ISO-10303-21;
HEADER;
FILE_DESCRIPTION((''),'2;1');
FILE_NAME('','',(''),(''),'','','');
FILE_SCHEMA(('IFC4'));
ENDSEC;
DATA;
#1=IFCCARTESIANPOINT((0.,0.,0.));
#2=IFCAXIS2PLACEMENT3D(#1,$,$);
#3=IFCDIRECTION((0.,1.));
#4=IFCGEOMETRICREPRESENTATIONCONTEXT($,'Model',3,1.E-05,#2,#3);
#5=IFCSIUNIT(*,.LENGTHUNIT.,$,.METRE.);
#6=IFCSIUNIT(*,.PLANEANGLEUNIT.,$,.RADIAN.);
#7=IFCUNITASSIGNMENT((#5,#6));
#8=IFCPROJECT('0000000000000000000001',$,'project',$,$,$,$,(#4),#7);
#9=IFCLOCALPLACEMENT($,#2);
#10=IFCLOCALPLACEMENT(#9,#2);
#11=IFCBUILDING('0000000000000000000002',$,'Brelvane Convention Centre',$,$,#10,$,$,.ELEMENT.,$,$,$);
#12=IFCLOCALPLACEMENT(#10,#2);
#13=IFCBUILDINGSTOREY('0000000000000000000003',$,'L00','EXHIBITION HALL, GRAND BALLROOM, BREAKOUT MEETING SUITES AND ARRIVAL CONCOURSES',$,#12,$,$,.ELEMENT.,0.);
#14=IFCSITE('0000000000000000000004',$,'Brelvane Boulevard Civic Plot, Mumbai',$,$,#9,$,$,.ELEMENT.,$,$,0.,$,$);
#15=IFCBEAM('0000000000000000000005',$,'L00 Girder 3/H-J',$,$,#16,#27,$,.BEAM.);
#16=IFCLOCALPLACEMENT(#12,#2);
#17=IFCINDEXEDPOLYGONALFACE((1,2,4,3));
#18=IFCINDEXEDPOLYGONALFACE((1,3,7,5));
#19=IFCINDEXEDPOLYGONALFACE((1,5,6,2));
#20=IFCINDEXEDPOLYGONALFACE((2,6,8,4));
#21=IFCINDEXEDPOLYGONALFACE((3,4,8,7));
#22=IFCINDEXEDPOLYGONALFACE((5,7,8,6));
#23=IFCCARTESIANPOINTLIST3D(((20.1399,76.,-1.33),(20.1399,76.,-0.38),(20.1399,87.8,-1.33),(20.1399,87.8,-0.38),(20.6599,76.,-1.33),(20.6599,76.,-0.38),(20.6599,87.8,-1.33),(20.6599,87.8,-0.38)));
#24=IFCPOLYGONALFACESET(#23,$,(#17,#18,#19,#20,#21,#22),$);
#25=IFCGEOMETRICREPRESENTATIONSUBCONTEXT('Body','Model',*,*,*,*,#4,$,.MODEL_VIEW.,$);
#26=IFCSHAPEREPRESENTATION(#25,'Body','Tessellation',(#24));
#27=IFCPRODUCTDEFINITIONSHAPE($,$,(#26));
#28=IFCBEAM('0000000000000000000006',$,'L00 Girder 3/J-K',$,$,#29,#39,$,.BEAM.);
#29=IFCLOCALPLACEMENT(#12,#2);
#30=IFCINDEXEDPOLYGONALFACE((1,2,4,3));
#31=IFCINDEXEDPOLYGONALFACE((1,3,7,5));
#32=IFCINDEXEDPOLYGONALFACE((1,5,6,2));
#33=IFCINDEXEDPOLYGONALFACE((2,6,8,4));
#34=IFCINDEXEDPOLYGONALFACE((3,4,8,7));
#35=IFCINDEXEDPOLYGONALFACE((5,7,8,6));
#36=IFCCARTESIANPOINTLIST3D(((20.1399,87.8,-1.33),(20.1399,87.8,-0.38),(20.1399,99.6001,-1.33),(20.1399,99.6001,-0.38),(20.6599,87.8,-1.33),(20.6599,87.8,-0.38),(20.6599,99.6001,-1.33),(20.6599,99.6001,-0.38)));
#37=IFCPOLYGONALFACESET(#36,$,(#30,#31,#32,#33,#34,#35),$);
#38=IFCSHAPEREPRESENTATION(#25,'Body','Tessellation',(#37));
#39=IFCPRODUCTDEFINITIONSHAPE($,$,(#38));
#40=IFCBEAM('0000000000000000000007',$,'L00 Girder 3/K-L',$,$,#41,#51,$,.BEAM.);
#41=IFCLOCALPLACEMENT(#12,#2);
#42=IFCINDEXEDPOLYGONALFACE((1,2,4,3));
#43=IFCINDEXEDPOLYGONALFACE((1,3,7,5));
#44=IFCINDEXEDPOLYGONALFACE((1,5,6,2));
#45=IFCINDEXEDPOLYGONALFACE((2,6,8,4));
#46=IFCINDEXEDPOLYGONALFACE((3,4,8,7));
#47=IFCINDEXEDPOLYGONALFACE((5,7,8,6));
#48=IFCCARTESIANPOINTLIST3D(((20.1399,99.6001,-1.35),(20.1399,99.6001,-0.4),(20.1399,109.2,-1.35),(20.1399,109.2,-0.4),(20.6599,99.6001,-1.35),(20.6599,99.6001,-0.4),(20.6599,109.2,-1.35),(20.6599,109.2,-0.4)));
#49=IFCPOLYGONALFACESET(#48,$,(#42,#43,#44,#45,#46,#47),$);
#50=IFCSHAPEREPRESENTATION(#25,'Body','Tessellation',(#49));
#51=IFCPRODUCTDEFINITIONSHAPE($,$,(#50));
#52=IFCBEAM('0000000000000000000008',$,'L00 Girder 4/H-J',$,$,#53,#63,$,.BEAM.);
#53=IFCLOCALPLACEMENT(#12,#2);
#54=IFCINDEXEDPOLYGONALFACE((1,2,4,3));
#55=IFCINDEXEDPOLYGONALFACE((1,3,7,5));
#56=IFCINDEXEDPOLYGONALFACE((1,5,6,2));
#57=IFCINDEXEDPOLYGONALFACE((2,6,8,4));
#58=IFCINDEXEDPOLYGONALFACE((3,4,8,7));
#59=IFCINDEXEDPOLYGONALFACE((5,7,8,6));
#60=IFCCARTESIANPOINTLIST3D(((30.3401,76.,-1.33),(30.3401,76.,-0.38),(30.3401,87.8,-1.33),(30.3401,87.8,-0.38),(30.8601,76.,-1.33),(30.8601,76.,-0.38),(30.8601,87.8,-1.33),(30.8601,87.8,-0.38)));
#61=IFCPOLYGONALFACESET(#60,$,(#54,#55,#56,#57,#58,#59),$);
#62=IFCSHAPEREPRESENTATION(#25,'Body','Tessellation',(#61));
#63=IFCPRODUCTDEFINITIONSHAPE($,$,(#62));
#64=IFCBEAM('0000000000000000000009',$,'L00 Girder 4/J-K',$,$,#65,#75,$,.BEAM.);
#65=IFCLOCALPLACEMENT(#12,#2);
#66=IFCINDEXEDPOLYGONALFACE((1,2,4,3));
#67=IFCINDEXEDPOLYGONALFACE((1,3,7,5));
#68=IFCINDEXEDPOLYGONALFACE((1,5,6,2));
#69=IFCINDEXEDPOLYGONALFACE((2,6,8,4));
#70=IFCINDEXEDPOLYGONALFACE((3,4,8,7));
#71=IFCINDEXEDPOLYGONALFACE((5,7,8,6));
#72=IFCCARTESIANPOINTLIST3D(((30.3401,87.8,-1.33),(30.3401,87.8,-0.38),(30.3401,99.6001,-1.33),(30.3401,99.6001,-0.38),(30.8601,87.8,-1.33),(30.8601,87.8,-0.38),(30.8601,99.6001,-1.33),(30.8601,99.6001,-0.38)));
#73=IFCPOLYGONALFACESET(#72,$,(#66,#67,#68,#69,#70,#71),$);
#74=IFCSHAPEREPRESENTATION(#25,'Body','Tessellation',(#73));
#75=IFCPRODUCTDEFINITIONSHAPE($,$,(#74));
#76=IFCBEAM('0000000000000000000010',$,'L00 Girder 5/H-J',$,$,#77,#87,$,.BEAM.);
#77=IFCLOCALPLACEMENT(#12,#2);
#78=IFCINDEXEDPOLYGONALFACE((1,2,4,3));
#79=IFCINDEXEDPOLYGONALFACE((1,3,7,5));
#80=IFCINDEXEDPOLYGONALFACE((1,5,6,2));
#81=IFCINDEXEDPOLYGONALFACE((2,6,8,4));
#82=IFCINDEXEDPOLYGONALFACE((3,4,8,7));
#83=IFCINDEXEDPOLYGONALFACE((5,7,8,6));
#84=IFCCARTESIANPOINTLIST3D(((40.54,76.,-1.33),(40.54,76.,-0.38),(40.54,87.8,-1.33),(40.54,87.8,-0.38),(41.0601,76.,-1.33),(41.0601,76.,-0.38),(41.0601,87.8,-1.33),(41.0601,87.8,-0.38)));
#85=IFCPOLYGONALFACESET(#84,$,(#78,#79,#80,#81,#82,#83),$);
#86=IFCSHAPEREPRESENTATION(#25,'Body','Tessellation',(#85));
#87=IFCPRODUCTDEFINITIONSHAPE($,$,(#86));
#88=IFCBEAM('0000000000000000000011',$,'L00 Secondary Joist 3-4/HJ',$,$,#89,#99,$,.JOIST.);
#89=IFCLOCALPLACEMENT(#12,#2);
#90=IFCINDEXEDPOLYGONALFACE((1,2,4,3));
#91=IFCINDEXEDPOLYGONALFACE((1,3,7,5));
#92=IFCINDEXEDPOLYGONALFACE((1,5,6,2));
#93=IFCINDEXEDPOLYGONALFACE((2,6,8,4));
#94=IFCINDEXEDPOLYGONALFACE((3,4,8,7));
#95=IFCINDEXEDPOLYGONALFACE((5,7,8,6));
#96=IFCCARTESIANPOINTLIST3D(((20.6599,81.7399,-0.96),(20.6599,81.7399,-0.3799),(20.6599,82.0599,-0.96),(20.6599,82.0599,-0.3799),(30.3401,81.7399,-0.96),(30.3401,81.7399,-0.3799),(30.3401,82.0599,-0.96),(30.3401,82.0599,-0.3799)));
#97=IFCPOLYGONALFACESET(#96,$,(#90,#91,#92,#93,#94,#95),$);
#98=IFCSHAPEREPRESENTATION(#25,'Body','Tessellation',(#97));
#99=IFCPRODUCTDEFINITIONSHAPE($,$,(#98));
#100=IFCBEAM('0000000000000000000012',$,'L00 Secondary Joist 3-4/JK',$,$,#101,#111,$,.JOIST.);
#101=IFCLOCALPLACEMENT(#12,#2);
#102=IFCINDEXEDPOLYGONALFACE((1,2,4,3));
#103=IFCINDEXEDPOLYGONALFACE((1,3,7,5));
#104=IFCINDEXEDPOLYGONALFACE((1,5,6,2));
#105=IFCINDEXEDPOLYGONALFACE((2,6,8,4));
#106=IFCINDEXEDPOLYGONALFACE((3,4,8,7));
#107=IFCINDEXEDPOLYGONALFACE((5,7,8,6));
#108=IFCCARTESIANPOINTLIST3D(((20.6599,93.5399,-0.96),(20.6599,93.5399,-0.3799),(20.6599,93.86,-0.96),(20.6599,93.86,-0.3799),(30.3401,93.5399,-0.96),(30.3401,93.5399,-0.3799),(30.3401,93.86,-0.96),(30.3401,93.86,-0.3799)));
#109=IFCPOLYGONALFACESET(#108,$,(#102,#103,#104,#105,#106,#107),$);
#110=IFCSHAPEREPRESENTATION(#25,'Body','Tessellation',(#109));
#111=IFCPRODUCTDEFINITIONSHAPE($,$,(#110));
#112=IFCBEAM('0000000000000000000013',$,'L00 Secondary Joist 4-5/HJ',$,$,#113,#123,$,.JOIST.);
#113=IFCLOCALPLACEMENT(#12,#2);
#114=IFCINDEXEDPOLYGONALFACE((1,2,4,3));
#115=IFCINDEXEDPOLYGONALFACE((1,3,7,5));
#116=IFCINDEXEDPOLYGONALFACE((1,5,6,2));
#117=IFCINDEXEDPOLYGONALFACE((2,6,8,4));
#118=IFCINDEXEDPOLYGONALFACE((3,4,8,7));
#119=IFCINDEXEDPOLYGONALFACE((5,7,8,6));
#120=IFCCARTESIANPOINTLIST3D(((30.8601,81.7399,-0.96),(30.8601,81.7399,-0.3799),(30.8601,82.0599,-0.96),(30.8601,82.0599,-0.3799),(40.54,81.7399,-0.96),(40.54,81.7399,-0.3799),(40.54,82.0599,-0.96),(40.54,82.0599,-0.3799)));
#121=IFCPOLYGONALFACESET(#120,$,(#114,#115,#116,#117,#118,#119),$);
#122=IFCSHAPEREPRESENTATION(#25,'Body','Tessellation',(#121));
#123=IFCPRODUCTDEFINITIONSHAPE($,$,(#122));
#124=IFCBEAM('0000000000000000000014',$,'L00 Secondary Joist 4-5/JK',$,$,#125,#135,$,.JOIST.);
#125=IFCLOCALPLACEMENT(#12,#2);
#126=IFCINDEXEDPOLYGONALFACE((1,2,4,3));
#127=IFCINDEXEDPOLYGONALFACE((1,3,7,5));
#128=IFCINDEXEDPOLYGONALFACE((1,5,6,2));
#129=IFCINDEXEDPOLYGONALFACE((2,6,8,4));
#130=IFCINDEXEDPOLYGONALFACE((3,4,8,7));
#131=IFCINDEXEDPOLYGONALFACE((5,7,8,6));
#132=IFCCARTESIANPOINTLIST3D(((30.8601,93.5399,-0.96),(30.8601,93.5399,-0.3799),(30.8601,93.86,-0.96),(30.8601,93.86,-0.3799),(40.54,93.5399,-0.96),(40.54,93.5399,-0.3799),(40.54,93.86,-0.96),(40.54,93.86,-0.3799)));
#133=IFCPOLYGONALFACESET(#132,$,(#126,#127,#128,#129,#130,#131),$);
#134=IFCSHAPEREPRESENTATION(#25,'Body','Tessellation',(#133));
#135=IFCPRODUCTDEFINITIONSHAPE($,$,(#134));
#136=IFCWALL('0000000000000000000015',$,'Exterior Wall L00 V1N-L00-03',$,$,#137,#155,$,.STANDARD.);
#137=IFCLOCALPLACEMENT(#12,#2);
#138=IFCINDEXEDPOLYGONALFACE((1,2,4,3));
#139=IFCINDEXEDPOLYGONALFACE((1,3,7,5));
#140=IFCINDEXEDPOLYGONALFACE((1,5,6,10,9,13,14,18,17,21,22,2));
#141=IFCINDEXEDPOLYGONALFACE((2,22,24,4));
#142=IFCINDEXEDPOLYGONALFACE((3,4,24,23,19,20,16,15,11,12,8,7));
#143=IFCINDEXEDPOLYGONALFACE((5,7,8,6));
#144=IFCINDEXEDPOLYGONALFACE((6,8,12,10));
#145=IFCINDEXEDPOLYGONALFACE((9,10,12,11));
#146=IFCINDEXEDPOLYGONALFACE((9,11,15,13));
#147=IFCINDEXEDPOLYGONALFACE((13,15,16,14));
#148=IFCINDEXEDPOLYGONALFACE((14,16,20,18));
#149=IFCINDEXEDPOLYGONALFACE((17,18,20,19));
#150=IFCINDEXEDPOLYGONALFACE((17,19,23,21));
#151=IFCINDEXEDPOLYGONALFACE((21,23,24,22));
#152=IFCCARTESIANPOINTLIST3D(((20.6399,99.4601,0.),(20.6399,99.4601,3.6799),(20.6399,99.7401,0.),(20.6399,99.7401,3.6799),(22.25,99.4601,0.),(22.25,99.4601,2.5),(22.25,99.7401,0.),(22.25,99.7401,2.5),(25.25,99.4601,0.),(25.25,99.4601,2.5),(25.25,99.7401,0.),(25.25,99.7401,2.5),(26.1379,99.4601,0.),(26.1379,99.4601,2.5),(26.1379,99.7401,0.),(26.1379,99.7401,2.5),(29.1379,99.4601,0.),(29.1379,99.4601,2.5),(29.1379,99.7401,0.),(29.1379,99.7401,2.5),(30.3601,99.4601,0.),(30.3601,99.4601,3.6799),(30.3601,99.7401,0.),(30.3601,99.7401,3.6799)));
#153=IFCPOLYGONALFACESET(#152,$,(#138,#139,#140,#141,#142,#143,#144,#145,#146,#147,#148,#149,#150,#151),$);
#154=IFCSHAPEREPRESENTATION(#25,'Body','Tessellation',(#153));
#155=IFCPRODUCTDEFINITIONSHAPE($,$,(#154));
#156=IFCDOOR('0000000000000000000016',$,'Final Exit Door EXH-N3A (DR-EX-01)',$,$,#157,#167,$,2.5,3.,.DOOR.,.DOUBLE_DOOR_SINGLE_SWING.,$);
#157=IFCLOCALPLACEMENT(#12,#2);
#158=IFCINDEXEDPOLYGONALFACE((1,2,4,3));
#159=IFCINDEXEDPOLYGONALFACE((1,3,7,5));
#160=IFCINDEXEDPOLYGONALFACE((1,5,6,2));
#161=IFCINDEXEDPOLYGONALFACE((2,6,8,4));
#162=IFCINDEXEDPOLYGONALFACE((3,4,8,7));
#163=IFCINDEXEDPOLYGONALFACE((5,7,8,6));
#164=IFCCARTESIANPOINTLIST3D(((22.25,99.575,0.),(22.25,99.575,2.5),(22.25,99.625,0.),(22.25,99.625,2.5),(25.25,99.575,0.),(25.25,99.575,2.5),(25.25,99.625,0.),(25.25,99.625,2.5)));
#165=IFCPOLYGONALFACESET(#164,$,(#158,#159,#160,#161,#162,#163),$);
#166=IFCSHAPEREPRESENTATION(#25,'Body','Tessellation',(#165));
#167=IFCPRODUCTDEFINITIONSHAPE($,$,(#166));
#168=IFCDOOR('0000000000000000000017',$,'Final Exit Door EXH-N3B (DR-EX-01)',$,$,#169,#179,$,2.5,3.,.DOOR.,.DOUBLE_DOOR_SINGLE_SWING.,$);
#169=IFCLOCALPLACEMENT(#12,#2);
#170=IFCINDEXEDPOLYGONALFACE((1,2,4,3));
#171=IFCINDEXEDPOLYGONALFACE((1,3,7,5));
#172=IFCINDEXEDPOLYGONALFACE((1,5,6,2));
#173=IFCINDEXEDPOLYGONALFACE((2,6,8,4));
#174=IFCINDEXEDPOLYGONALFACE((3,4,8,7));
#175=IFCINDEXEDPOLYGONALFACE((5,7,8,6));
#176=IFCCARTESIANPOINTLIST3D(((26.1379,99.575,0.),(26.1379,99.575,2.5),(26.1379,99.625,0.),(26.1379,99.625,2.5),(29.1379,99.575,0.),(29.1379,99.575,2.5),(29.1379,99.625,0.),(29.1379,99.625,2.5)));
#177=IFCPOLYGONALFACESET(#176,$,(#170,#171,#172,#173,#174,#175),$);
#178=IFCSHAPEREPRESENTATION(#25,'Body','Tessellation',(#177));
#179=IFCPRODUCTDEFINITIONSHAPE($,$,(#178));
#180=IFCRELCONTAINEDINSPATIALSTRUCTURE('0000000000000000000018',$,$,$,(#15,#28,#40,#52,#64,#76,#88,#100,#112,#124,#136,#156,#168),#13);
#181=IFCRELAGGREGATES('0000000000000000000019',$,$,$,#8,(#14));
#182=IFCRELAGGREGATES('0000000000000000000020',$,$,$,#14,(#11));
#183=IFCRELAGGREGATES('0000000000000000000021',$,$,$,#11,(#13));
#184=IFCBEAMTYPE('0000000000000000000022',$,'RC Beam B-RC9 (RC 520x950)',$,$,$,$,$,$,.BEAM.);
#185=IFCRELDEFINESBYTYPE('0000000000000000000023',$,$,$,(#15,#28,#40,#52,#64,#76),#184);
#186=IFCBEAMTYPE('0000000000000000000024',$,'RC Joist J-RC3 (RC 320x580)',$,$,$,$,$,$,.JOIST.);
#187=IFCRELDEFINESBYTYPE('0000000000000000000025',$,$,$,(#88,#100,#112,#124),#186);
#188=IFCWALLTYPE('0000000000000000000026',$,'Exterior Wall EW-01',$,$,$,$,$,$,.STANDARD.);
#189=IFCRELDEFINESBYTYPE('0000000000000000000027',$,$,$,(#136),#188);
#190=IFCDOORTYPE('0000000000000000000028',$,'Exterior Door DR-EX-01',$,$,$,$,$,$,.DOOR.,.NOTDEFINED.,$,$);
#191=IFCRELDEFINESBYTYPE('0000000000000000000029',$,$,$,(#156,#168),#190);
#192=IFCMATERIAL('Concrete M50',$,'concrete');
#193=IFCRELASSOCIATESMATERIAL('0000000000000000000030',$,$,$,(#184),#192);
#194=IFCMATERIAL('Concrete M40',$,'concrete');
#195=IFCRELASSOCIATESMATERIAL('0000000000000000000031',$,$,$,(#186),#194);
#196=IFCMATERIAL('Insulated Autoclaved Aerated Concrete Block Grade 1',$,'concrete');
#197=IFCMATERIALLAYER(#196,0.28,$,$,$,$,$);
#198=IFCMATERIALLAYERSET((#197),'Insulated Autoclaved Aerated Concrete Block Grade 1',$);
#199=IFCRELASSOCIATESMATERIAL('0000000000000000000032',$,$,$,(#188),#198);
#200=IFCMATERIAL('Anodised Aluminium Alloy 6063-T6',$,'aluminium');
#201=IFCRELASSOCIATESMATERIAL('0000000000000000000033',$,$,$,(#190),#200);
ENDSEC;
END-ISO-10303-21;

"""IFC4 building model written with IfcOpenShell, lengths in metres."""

from ifc_helpers import new_model, si_unit, direction, frame, frame_2d, origin, origin_2d, place, context, subcontext, project, spatial, rectangle, extrude, material, layer, layer_set, material_profile, profile_set, type_object, element, fill, save


model = new_model("IFC4")

# Units and contexts
model_context = context("Model", 3, precision=1e-05, world=origin(), true_north=direction((0.0, 1.0)))
body_context = subcontext(model_context, "Body", "Model", "MODEL_VIEW")
ifc_project = project(units=[si_unit("LENGTHUNIT", "METRE"), si_unit("PLANEANGLEUNIT", "RADIAN")], contexts=[model_context])

# Site, building, storey
site_placement = place(None, origin())
site = spatial("IfcSite", under=ifc_project, at=site_placement, Name="Brelvane Boulevard Civic Plot, Mumbai", CompositionType="ELEMENT", RefElevation=0.0)
building_placement = place(site_placement, origin())
building = spatial("IfcBuilding", under=site, at=building_placement, Name="Brelvane Convention Centre", CompositionType="ELEMENT")
storey_placement = place(building_placement, origin())
storey = spatial("IfcBuildingStorey", under=building, at=storey_placement, Name="L00", Description="EXHIBITION HALL, GRAND BALLROOM, BREAKOUT MEETING SUITES AND ARRIVAL CONCOURSES", CompositionType="ELEMENT", Elevation=0.0)

# Beams
ifc_material_1 = material(Name="Concrete M50", Category="concrete")
ifc_material_profile_1 = material_profile(ifc_material_1, rectangle(XDim=0.52, YDim=0.95, at=origin_2d()), Name="RC 520x950")
ifc_profile_set_1 = profile_set([ifc_material_profile_1], Name="Concrete M50")
beam_type_1 = type_object("IfcBeamType", Name="RC Beam B-RC9 (RC 520x950)", PredefinedType="BEAM", material=ifc_profile_set_1)
for number, where, z_axis, x_axis, name in (
    (1, (20.3999, 76.0, -0.855), (0.0, 1.0, 0.0), (-1.0, 0.0, 0.0), "L00 Girder 3/H-J"),
    (2, (20.3999, 87.8, -0.855), (0.0, 1.0, 0.0), (-1.0, 0.0, 0.0), "L00 Girder 3/J-K"),
):
    element("IfcBeam", number, at=place(storey_placement, frame(where, z_axis=z_axis, x_axis=x_axis)), inside=storey, type_object=beam_type_1, Name=name, PredefinedType="BEAM", context=body_context, shape_type="SweptSolid", body=[
        extrude(rectangle(XDim=0.52, YDim=0.95, at=origin_2d()), origin(), (0.0, 0.0, 1.0), 11.8),
    ])
beam_placement = place(storey_placement, frame((20.3999, 99.6001, -0.875), z_axis=(0.0, 1.0, 0.0), x_axis=(-1.0, 0.0, 0.0)))
element("IfcBeam", 3, at=beam_placement, inside=storey, type_object=beam_type_1, Name="L00 Girder 3/K-L", PredefinedType="BEAM", context=body_context, shape_type="SweptSolid", body=[
    extrude(rectangle(XDim=0.52, YDim=0.95, at=origin_2d()), origin(), (0.0, 0.0, 1.0), 9.5999),
])
for number, where, z_axis, x_axis, name in (
    (4, (30.6001, 76.0, -0.855), (0.0, 1.0, 0.0), (-1.0, 0.0, 0.0), "L00 Girder 4/H-J"),
    (5, (30.6001, 87.8, -0.855), (0.0, 1.0, 0.0), (-1.0, 0.0, 0.0), "L00 Girder 4/J-K"),
    (6, (40.8, 76.0, -0.855), (0.0, 1.0, 0.0), (-1.0, 0.0, 0.0), "L00 Girder 5/H-J"),
):
    element("IfcBeam", number, at=place(storey_placement, frame(where, z_axis=z_axis, x_axis=x_axis)), inside=storey, type_object=beam_type_1, Name=name, PredefinedType="BEAM", context=body_context, shape_type="SweptSolid", body=[
        extrude(rectangle(XDim=0.52, YDim=0.95, at=origin_2d()), origin(), (0.0, 0.0, 1.0), 11.8),
    ])
ifc_material_2 = material(Name="Concrete M40", Category="concrete")
ifc_material_profile_2 = material_profile(ifc_material_2, rectangle(XDim=0.3201, YDim=0.5801, at=origin_2d()), Name="RC 320x580")
ifc_profile_set_2 = profile_set([ifc_material_profile_2], Name="Concrete M40")
beam_type_2 = type_object("IfcBeamType", Name="RC Joist J-RC3 (RC 320x580)", PredefinedType="JOIST", material=ifc_profile_set_2)
for number, where, z_axis, x_axis, name in (
    (7, (20.6599, 81.8999, -0.6699), (1.0, 0.0, 0.0), (0.0, 1.0, 0.0), "L00 Secondary Joist 3-4/HJ"),
    (8, (20.6599, 93.7, -0.6699), (1.0, 0.0, 0.0), (0.0, 1.0, 0.0), "L00 Secondary Joist 3-4/JK"),
):
    element("IfcBeam", number, at=place(storey_placement, frame(where, z_axis=z_axis, x_axis=x_axis)), inside=storey, type_object=beam_type_2, Name=name, PredefinedType="JOIST", context=body_context, shape_type="SweptSolid", body=[
        extrude(rectangle(XDim=0.3201, YDim=0.5801, at=origin_2d()), origin(), (0.0, 0.0, 1.0), 9.6802),
    ])
for number, where, z_axis, x_axis, name in (
    (9, (30.8601, 81.8999, -0.6699), (1.0, 0.0, 0.0), (0.0, 1.0, 0.0), "L00 Secondary Joist 4-5/HJ"),
    (10, (30.8601, 93.7, -0.6699), (1.0, 0.0, 0.0), (0.0, 1.0, 0.0), "L00 Secondary Joist 4-5/JK"),
):
    element("IfcBeam", number, at=place(storey_placement, frame(where, z_axis=z_axis, x_axis=x_axis)), inside=storey, type_object=beam_type_2, Name=name, PredefinedType="JOIST", context=body_context, shape_type="SweptSolid", body=[
        extrude(rectangle(XDim=0.3201, YDim=0.5801, at=origin_2d()), origin(), (0.0, 0.0, 1.0), 9.6799),
    ])

# Wall, openings, doors
ifc_material_3 = material(Name="Insulated Autoclaved Aerated Concrete Block Grade 1", Category="concrete")
ifc_layer = layer(ifc_material_3, 0.28)
ifc_layer_set = layer_set([ifc_layer], Name="Insulated Autoclaved Aerated Concrete Block Grade 1")
wall_type = type_object("IfcWallType", Name="Exterior Wall EW-01", PredefinedType="STANDARD", material=ifc_layer_set)
wall_placement = place(storey_placement, frame((20.6399, 99.6001, 0.0), z_axis=(0.0, 0.0, 1.0), x_axis=(1.0, 0.0, 0.0)))
wall = element("IfcWall", 11, at=wall_placement, inside=storey, type_object=wall_type, Name="Exterior Wall L00 V1N-L00-03", PredefinedType="STANDARD", context=body_context, shape_type="SweptSolid", body=[
    extrude(rectangle(XDim=9.7202, YDim=0.28, at=frame_2d((4.8601, 0.0))), origin(), (0.0, 0.0, 1.0), 3.6799),
])
opening_1_placement = place(wall_placement, frame((1.6101, 0.0, 0.0)))
opening_1 = element("IfcOpeningElement", 12, at=opening_1_placement, cuts=wall, PredefinedType="OPENING", context=body_context, shape_type="SweptSolid", body=[
    extrude(rectangle(XDim=3.0, YDim=2.5, at=frame_2d((1.5, 1.25))), frame((0.0, 0.1499, 0.0), z_axis=(0.0, -1.0, 0.0), x_axis=(1.0, 0.0, 0.0)), (0.0, 0.0, 1.0), 0.3),
])
opening_2_placement = place(wall_placement, frame((5.498, 0.0, 0.0)))
opening_2 = element("IfcOpeningElement", 13, at=opening_2_placement, cuts=wall, PredefinedType="OPENING", context=body_context, shape_type="SweptSolid", body=[
    extrude(rectangle(XDim=3.0, YDim=2.5, at=frame_2d((1.5, 1.25))), frame((0.0, 0.1499, 0.0), z_axis=(0.0, -1.0, 0.0), x_axis=(1.0, 0.0, 0.0)), (0.0, 0.0, 1.0), 0.3),
])
ifc_material_4 = material(Name="Anodised Aluminium Alloy 6063-T6", Category="aluminium")
door_type = type_object("IfcDoorType", Name="Exterior Door DR-EX-01", OperationType="NOTDEFINED", PredefinedType="DOOR", material=ifc_material_4)
door_1_placement = place(opening_1_placement, origin())
door_1 = element("IfcDoor", 14, at=door_1_placement, inside=storey, type_object=door_type, Name="Final Exit Door EXH-N3A (DR-EX-01)", OperationType="DOUBLE_DOOR_SINGLE_SWING", OverallHeight=2.5, OverallWidth=3.0, PredefinedType="DOOR", context=body_context, shape_type="SweptSolid", body=[
    extrude(rectangle(XDim=3.0, YDim=2.5, at=frame_2d((1.5, 1.25))), frame((0.0, 0.0249, 0.0), z_axis=(0.0, -1.0, 0.0), x_axis=(1.0, 0.0, 0.0)), (0.0, 0.0, 1.0), 0.05),
])
fill(opening_1, door_1)
door_2_placement = place(opening_2_placement, origin())
door_2 = element("IfcDoor", 15, at=door_2_placement, inside=storey, type_object=door_type, Name="Final Exit Door EXH-N3B (DR-EX-01)", OperationType="DOUBLE_DOOR_SINGLE_SWING", OverallHeight=2.5, OverallWidth=3.0, PredefinedType="DOOR", context=body_context, shape_type="SweptSolid", body=[
    extrude(rectangle(XDim=3.0, YDim=2.5, at=frame_2d((1.5, 1.25))), frame((0.0, 0.0249, 0.0), z_axis=(0.0, -1.0, 0.0), x_axis=(1.0, 0.0, 0.0)), (0.0, 0.0, 1.0), 0.05),
])
fill(opening_2, door_2)

save(model, "model.ifc")
